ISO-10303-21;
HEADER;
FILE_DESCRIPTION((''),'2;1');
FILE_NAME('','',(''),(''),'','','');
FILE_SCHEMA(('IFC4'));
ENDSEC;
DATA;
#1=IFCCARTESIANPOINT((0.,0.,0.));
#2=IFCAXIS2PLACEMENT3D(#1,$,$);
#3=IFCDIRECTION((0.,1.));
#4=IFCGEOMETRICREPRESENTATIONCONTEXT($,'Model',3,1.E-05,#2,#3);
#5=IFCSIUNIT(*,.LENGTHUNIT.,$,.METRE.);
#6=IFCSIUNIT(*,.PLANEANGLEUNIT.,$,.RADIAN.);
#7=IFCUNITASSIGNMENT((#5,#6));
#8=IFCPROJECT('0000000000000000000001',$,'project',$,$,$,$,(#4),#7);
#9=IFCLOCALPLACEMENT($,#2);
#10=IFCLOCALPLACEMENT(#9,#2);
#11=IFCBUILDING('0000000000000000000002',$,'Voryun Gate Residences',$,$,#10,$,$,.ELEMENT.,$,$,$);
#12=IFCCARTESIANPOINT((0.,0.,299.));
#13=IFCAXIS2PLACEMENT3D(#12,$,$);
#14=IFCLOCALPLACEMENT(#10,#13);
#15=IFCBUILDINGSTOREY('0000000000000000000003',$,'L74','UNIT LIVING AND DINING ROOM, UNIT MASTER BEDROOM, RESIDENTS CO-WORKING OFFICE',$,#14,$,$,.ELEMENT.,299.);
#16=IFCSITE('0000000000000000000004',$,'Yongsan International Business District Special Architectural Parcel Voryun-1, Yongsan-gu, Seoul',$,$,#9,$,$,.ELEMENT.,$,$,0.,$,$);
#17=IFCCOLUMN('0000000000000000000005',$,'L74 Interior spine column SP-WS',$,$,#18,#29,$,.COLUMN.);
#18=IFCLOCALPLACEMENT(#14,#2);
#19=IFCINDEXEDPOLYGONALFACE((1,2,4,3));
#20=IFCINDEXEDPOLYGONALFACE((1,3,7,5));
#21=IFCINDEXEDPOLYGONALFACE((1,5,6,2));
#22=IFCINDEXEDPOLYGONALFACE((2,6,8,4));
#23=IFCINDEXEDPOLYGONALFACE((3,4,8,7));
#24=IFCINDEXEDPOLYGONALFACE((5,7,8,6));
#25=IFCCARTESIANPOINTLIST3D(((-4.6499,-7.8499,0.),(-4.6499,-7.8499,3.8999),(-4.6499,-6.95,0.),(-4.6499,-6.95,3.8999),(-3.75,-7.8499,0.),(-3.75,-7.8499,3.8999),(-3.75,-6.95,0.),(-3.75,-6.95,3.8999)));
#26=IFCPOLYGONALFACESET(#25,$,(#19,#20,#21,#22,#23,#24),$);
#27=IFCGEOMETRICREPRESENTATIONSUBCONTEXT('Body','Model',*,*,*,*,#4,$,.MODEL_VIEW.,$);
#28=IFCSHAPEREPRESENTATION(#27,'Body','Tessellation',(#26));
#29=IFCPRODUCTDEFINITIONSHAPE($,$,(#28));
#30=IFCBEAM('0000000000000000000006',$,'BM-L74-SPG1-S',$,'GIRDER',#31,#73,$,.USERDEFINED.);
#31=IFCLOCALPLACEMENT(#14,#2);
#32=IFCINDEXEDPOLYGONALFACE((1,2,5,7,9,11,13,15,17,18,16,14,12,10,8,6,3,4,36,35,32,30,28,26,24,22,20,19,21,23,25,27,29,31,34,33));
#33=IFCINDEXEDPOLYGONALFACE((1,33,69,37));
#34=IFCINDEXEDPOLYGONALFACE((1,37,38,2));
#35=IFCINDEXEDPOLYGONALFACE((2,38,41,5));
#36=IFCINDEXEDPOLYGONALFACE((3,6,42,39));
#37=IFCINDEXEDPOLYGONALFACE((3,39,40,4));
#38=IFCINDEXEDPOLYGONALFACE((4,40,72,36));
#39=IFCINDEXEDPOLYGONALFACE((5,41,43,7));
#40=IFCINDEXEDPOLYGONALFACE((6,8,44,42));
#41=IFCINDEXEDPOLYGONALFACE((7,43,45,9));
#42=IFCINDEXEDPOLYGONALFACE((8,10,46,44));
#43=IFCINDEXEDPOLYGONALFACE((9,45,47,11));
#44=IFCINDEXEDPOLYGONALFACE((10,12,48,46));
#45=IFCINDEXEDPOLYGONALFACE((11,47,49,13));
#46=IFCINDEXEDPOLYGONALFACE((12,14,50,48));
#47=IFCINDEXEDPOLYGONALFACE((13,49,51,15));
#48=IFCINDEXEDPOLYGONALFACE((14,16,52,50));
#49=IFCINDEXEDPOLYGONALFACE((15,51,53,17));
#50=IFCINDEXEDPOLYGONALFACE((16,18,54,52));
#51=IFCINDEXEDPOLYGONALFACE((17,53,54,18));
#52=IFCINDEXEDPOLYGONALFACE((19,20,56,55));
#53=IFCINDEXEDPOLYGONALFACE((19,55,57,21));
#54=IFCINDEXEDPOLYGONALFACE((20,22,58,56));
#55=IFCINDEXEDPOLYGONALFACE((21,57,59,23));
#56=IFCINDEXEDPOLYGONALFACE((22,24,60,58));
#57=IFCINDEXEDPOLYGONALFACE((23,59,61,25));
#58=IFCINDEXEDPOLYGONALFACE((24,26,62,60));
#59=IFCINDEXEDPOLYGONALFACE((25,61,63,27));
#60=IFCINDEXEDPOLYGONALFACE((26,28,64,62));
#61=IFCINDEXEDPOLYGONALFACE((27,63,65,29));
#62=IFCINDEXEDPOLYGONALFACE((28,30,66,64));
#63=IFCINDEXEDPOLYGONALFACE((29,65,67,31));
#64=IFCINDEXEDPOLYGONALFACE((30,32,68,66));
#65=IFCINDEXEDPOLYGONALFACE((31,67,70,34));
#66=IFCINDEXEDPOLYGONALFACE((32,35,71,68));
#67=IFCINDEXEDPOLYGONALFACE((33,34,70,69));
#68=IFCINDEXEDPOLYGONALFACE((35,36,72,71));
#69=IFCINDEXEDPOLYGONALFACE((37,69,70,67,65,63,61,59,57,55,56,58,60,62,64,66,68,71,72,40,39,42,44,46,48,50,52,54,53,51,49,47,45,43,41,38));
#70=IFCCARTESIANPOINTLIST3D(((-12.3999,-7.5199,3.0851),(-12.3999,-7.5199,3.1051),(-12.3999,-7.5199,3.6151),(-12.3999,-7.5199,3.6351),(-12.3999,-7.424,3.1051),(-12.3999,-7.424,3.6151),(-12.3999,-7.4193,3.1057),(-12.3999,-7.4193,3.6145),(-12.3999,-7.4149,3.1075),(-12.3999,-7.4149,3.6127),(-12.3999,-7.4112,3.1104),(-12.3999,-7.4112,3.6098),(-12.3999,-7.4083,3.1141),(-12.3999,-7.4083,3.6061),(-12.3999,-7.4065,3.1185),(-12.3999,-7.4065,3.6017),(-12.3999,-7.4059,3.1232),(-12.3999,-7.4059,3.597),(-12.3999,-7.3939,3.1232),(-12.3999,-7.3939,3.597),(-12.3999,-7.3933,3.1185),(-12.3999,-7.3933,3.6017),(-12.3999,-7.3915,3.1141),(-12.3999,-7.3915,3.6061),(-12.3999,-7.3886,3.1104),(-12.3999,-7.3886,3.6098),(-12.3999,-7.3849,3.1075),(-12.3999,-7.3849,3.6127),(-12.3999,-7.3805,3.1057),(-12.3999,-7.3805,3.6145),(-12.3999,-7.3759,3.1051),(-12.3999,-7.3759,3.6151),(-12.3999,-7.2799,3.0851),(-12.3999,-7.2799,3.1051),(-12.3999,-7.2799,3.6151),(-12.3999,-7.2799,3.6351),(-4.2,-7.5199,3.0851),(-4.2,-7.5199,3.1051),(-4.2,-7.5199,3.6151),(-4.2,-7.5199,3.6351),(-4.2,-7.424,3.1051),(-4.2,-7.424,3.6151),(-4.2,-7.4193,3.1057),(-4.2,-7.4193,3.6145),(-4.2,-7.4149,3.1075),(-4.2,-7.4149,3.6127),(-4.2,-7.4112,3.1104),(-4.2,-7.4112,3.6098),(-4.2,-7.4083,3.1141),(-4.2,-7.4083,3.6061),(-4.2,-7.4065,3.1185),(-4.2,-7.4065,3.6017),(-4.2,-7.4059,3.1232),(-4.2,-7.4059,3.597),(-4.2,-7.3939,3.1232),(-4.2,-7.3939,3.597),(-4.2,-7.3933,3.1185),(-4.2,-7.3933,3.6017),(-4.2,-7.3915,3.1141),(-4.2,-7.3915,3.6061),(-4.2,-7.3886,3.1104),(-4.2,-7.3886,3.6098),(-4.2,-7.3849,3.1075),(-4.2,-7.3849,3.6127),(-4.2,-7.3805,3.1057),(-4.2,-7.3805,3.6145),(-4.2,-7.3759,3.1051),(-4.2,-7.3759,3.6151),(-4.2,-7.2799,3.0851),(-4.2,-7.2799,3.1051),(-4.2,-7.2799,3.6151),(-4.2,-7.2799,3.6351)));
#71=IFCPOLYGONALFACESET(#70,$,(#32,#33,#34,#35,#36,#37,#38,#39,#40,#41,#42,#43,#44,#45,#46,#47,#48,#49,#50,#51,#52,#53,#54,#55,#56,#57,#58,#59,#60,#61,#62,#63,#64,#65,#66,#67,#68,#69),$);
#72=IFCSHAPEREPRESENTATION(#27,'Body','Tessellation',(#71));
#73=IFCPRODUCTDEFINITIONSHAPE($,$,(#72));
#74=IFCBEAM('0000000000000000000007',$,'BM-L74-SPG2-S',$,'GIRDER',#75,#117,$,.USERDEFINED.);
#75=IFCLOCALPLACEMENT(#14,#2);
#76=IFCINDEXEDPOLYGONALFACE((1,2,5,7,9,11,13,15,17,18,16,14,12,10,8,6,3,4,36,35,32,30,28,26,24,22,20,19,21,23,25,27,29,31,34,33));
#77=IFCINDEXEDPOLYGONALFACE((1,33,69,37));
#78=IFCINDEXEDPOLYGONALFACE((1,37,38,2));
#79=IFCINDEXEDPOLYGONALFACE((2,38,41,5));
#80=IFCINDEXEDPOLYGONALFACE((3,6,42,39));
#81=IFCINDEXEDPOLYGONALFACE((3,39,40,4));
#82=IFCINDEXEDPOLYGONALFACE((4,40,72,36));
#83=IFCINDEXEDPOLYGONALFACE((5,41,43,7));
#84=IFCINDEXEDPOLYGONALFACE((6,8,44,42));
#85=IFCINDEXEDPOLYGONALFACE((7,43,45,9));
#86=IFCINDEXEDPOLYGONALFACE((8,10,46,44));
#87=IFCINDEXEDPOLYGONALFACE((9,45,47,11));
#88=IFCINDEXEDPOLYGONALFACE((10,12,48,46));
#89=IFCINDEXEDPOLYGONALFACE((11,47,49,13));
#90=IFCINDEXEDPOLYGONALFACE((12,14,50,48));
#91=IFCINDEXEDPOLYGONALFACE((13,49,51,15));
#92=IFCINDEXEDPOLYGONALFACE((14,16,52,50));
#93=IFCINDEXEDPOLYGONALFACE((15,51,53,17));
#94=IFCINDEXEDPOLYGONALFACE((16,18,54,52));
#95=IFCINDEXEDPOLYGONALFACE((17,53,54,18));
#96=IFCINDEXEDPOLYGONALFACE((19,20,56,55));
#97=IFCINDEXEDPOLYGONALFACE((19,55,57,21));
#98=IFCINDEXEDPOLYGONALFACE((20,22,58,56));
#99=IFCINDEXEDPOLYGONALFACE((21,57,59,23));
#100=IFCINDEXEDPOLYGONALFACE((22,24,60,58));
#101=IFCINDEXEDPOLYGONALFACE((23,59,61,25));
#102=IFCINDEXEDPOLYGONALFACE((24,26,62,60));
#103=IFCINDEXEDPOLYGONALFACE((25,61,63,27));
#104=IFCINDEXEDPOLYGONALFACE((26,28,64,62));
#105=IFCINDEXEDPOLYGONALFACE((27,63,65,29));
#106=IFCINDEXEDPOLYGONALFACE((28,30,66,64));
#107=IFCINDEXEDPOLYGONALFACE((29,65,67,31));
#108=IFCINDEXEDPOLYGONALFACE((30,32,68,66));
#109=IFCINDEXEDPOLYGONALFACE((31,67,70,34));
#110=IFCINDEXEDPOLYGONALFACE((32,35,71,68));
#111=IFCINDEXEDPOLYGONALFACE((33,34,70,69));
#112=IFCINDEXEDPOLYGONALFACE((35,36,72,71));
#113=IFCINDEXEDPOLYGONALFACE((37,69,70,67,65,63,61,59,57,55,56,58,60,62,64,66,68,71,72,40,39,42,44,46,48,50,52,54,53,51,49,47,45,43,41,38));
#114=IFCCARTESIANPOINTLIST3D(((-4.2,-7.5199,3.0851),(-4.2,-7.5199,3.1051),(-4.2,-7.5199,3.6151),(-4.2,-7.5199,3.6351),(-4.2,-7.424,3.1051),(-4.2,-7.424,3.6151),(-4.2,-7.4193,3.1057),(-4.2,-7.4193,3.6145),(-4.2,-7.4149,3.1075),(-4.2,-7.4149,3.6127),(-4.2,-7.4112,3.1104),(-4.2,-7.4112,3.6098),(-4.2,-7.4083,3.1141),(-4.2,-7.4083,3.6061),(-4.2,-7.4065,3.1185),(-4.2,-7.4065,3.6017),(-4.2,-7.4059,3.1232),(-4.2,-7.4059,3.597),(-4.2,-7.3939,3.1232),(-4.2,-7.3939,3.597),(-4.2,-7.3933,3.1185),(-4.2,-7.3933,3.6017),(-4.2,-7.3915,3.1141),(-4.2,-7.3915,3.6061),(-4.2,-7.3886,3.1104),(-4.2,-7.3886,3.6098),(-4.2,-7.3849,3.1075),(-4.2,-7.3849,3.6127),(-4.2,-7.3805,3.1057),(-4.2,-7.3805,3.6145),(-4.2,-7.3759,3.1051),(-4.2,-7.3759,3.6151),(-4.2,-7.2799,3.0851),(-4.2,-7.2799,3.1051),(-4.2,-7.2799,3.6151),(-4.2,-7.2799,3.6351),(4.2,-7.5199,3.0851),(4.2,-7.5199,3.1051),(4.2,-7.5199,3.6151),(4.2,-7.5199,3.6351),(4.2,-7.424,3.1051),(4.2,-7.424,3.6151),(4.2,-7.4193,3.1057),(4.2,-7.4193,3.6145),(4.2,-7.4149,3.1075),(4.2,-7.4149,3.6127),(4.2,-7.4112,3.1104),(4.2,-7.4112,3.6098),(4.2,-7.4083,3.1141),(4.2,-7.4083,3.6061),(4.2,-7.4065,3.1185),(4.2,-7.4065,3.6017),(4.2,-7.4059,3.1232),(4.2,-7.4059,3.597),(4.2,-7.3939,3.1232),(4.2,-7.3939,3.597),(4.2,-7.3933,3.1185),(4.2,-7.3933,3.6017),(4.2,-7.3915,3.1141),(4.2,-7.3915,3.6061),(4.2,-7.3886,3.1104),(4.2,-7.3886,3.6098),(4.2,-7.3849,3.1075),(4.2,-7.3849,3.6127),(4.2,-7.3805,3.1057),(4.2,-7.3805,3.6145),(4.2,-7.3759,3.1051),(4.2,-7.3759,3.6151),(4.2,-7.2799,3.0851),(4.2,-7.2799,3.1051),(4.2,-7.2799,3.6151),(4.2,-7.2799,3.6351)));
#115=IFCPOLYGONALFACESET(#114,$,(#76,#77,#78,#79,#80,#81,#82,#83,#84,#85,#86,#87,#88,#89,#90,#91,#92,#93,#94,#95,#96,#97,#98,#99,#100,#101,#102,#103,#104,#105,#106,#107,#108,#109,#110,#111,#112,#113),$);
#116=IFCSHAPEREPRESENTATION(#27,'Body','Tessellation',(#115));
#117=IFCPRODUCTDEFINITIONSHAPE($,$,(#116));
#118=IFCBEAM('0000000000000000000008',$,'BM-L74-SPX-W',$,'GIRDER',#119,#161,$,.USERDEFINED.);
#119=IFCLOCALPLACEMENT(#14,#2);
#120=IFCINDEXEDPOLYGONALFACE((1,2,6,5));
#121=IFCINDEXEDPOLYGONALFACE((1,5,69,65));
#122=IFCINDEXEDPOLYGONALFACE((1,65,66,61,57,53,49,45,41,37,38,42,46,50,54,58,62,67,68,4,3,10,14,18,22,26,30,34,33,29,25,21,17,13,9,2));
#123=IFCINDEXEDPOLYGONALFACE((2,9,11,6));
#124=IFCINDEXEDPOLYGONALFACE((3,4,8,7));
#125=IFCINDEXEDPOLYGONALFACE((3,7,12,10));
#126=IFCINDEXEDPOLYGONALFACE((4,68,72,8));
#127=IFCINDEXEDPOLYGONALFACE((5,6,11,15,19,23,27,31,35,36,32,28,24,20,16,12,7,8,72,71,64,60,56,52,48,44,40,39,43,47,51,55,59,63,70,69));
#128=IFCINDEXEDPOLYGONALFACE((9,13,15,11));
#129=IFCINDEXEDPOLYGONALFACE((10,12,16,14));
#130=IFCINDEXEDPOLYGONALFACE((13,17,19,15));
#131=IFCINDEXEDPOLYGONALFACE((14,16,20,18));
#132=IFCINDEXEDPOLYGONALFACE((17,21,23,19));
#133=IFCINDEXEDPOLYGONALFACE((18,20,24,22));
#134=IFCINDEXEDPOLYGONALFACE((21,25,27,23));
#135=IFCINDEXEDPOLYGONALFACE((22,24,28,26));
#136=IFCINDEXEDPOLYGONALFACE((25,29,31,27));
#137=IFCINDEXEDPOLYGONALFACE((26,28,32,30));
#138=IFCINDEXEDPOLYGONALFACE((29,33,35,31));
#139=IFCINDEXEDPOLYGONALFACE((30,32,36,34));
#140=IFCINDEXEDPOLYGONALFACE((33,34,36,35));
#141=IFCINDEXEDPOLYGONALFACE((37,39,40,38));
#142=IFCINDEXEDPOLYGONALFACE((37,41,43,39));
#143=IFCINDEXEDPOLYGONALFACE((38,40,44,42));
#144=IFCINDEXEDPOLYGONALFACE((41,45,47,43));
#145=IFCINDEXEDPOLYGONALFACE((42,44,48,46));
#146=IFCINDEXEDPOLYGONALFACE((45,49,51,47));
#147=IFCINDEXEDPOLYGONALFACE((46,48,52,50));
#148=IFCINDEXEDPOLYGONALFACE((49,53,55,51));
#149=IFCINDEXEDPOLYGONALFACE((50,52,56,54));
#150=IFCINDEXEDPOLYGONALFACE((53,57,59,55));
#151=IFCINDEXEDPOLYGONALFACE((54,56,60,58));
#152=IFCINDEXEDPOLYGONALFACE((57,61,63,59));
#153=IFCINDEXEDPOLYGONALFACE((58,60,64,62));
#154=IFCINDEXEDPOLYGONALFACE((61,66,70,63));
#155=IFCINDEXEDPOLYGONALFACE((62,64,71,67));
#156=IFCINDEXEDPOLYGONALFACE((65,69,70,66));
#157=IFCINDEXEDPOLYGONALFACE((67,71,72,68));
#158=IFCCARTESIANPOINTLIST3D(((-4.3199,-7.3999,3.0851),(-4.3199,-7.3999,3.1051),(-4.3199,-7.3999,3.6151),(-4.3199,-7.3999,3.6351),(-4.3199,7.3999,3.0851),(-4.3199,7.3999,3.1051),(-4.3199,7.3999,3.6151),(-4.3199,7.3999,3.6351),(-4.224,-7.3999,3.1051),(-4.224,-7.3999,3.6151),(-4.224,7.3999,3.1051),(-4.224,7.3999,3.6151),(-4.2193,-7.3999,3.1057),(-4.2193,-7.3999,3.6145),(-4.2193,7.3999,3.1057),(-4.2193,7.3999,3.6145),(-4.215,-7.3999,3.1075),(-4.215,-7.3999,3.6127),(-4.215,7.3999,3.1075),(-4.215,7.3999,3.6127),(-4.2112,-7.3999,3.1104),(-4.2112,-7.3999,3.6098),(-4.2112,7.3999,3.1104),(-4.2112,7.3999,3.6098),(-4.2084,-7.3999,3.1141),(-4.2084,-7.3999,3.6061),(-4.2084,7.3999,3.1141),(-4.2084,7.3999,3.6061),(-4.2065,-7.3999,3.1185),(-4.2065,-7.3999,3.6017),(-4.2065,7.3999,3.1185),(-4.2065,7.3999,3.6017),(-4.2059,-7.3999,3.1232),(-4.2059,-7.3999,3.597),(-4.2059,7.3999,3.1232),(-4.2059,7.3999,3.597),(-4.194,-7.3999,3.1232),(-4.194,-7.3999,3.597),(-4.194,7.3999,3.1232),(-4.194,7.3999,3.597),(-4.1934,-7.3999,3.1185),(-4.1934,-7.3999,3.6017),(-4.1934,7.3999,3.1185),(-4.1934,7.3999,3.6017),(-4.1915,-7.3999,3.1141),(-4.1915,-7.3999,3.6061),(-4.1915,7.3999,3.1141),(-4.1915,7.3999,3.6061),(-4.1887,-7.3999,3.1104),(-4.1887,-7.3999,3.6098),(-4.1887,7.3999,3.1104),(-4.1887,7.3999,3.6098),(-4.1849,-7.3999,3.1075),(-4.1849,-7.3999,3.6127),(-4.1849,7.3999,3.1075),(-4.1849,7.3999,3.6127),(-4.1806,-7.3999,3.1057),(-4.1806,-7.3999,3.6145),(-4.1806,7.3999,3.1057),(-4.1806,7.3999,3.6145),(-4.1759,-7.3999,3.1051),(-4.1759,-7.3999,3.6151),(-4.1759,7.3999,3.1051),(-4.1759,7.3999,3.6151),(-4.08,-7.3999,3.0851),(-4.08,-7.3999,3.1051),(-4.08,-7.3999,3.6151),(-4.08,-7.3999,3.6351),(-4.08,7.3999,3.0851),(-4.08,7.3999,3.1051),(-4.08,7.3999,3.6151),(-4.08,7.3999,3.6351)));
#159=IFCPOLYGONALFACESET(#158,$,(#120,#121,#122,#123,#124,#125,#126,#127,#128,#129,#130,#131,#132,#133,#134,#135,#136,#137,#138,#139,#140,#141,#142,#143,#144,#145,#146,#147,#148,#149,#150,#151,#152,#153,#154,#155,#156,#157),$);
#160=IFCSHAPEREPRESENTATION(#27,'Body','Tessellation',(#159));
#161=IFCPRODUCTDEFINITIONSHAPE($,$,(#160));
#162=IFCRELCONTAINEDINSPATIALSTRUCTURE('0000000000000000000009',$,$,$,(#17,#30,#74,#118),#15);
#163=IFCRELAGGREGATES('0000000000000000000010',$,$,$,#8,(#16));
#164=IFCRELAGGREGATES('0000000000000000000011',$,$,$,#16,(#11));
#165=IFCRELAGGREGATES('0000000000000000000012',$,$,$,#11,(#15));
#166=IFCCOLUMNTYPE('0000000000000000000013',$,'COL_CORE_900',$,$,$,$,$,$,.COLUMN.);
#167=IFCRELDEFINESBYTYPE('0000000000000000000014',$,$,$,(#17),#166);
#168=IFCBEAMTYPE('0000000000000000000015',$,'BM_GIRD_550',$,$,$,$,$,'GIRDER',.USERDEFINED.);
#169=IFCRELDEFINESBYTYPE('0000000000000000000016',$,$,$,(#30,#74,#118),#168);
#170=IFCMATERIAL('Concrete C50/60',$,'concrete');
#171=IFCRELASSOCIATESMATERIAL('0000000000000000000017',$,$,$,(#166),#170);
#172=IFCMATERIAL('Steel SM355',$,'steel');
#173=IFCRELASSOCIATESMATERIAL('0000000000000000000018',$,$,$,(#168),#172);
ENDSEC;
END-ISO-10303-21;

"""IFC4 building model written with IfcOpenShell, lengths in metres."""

from ifc_helpers import new_model, si_unit, direction, frame, origin, origin_2d, place, context, subcontext, project, spatial, rectangle, i_section, extrude, material, material_profile, profile_set, type_object, element, save


model = new_model("IFC4")

# Units and contexts
model_context = context("Model", 3, precision=1e-05, world=origin(), true_north=direction((0.0, 1.0)))
body_context = subcontext(model_context, "Body", "Model", "MODEL_VIEW")
ifc_project = project(units=[si_unit("LENGTHUNIT", "METRE"), si_unit("PLANEANGLEUNIT", "RADIAN")], contexts=[model_context])

# Site, building, storey
site_placement = place(None, origin())
site = spatial("IfcSite", under=ifc_project, at=site_placement, Name="Yongsan International Business District Special Architectural Parcel Voryun-1, Yongsan-gu, Seoul", CompositionType="ELEMENT", RefElevation=0.0)
building_placement = place(site_placement, origin())
building = spatial("IfcBuilding", under=site, at=building_placement, Name="Voryun Gate Residences", CompositionType="ELEMENT")
storey_placement = place(building_placement, frame((0.0, 0.0, 299.0)))
storey = spatial("IfcBuildingStorey", under=building, at=storey_placement, Name="L74", Description="UNIT LIVING AND DINING ROOM, UNIT MASTER BEDROOM, RESIDENTS CO-WORKING OFFICE", CompositionType="ELEMENT", Elevation=299.0)

# Column
ifc_material_1 = material(Name="Concrete C50/60", Category="concrete")
ifc_material_profile_1 = material_profile(ifc_material_1, rectangle(XDim=0.8999, YDim=0.8999, at=origin_2d()), Name="RC-900x900")
ifc_profile_set_1 = profile_set([ifc_material_profile_1], Name="Concrete C50/60")
column_type = type_object("IfcColumnType", Name="COL_CORE_900", PredefinedType="COLUMN", material=ifc_profile_set_1)
column_placement = place(storey_placement, frame((-4.2, -7.3999, 0.0), z_axis=(0.0, 0.0, 1.0), x_axis=(1.0, 0.0, 0.0)))
element("IfcColumn", 1, at=column_placement, inside=storey, type_object=column_type, Name="L74 Interior spine column SP-WS", PredefinedType="COLUMN", context=body_context, shape_type="SweptSolid", body=[
    extrude(rectangle(XDim=0.8999, YDim=0.8999, at=origin_2d()), origin(), (0.0, 0.0, 1.0), 3.8999),
])

# Beams
ifc_material_2 = material(Name="Steel SM355", Category="steel")
ifc_material_profile_2 = material_profile(ifc_material_2, i_section(OverallWidth=0.24, OverallDepth=0.55, WebThickness=0.012, FlangeThickness=0.02, FilletRadius=0.0181, at=origin_2d()), Name="H-550x240x12x20")
ifc_profile_set_2 = profile_set([ifc_material_profile_2], Name="Steel SM355")
beam_type_1 = type_object("IfcBeamType", Name="BM_GIRD_550", ElementType="GIRDER", PredefinedType="USERDEFINED", material=ifc_profile_set_2)
beam_1_placement = place(storey_placement, frame((-12.3999, -7.3999, 3.3601), z_axis=(1.0, 0.0, 0.0), x_axis=(0.0, 1.0, 0.0)))
element("IfcBeam", 2, at=beam_1_placement, inside=storey, type_object=beam_type_1, Name="BM-L74-SPG1-S", ObjectType="GIRDER", PredefinedType="USERDEFINED", context=body_context, shape_type="SweptSolid", body=[
    extrude(i_section(OverallWidth=0.24, OverallDepth=0.55, WebThickness=0.012, FlangeThickness=0.02, FilletRadius=0.0181, at=origin_2d()), origin(), (0.0, 0.0, 1.0), 8.2),
])
beam_2_placement = place(storey_placement, frame((-4.2, -7.3999, 3.3601), z_axis=(1.0, 0.0, 0.0), x_axis=(0.0, 1.0, 0.0)))
element("IfcBeam", 3, at=beam_2_placement, inside=storey, type_object=beam_type_1, Name="BM-L74-SPG2-S", ObjectType="GIRDER", PredefinedType="USERDEFINED", context=body_context, shape_type="SweptSolid", body=[
    extrude(i_section(OverallWidth=0.24, OverallDepth=0.55, WebThickness=0.012, FlangeThickness=0.02, FilletRadius=0.0181, at=origin_2d()), origin(), (0.0, 0.0, 1.0), 8.3999),
])
beam_3_placement = place(storey_placement, frame((-4.2, -7.3999, 3.3601), z_axis=(0.0, 1.0, 0.0), x_axis=(-1.0, 0.0, 0.0)))
element("IfcBeam", 4, at=beam_3_placement, inside=storey, type_object=beam_type_1, Name="BM-L74-SPX-W", ObjectType="GIRDER", PredefinedType="USERDEFINED", context=body_context, shape_type="SweptSolid", body=[
    extrude(i_section(OverallWidth=0.24, OverallDepth=0.55, WebThickness=0.012, FlangeThickness=0.02, FilletRadius=0.0181, at=origin_2d()), origin(), (0.0, 0.0, 1.0), 14.7998),
])

save(model, "model.ifc")
